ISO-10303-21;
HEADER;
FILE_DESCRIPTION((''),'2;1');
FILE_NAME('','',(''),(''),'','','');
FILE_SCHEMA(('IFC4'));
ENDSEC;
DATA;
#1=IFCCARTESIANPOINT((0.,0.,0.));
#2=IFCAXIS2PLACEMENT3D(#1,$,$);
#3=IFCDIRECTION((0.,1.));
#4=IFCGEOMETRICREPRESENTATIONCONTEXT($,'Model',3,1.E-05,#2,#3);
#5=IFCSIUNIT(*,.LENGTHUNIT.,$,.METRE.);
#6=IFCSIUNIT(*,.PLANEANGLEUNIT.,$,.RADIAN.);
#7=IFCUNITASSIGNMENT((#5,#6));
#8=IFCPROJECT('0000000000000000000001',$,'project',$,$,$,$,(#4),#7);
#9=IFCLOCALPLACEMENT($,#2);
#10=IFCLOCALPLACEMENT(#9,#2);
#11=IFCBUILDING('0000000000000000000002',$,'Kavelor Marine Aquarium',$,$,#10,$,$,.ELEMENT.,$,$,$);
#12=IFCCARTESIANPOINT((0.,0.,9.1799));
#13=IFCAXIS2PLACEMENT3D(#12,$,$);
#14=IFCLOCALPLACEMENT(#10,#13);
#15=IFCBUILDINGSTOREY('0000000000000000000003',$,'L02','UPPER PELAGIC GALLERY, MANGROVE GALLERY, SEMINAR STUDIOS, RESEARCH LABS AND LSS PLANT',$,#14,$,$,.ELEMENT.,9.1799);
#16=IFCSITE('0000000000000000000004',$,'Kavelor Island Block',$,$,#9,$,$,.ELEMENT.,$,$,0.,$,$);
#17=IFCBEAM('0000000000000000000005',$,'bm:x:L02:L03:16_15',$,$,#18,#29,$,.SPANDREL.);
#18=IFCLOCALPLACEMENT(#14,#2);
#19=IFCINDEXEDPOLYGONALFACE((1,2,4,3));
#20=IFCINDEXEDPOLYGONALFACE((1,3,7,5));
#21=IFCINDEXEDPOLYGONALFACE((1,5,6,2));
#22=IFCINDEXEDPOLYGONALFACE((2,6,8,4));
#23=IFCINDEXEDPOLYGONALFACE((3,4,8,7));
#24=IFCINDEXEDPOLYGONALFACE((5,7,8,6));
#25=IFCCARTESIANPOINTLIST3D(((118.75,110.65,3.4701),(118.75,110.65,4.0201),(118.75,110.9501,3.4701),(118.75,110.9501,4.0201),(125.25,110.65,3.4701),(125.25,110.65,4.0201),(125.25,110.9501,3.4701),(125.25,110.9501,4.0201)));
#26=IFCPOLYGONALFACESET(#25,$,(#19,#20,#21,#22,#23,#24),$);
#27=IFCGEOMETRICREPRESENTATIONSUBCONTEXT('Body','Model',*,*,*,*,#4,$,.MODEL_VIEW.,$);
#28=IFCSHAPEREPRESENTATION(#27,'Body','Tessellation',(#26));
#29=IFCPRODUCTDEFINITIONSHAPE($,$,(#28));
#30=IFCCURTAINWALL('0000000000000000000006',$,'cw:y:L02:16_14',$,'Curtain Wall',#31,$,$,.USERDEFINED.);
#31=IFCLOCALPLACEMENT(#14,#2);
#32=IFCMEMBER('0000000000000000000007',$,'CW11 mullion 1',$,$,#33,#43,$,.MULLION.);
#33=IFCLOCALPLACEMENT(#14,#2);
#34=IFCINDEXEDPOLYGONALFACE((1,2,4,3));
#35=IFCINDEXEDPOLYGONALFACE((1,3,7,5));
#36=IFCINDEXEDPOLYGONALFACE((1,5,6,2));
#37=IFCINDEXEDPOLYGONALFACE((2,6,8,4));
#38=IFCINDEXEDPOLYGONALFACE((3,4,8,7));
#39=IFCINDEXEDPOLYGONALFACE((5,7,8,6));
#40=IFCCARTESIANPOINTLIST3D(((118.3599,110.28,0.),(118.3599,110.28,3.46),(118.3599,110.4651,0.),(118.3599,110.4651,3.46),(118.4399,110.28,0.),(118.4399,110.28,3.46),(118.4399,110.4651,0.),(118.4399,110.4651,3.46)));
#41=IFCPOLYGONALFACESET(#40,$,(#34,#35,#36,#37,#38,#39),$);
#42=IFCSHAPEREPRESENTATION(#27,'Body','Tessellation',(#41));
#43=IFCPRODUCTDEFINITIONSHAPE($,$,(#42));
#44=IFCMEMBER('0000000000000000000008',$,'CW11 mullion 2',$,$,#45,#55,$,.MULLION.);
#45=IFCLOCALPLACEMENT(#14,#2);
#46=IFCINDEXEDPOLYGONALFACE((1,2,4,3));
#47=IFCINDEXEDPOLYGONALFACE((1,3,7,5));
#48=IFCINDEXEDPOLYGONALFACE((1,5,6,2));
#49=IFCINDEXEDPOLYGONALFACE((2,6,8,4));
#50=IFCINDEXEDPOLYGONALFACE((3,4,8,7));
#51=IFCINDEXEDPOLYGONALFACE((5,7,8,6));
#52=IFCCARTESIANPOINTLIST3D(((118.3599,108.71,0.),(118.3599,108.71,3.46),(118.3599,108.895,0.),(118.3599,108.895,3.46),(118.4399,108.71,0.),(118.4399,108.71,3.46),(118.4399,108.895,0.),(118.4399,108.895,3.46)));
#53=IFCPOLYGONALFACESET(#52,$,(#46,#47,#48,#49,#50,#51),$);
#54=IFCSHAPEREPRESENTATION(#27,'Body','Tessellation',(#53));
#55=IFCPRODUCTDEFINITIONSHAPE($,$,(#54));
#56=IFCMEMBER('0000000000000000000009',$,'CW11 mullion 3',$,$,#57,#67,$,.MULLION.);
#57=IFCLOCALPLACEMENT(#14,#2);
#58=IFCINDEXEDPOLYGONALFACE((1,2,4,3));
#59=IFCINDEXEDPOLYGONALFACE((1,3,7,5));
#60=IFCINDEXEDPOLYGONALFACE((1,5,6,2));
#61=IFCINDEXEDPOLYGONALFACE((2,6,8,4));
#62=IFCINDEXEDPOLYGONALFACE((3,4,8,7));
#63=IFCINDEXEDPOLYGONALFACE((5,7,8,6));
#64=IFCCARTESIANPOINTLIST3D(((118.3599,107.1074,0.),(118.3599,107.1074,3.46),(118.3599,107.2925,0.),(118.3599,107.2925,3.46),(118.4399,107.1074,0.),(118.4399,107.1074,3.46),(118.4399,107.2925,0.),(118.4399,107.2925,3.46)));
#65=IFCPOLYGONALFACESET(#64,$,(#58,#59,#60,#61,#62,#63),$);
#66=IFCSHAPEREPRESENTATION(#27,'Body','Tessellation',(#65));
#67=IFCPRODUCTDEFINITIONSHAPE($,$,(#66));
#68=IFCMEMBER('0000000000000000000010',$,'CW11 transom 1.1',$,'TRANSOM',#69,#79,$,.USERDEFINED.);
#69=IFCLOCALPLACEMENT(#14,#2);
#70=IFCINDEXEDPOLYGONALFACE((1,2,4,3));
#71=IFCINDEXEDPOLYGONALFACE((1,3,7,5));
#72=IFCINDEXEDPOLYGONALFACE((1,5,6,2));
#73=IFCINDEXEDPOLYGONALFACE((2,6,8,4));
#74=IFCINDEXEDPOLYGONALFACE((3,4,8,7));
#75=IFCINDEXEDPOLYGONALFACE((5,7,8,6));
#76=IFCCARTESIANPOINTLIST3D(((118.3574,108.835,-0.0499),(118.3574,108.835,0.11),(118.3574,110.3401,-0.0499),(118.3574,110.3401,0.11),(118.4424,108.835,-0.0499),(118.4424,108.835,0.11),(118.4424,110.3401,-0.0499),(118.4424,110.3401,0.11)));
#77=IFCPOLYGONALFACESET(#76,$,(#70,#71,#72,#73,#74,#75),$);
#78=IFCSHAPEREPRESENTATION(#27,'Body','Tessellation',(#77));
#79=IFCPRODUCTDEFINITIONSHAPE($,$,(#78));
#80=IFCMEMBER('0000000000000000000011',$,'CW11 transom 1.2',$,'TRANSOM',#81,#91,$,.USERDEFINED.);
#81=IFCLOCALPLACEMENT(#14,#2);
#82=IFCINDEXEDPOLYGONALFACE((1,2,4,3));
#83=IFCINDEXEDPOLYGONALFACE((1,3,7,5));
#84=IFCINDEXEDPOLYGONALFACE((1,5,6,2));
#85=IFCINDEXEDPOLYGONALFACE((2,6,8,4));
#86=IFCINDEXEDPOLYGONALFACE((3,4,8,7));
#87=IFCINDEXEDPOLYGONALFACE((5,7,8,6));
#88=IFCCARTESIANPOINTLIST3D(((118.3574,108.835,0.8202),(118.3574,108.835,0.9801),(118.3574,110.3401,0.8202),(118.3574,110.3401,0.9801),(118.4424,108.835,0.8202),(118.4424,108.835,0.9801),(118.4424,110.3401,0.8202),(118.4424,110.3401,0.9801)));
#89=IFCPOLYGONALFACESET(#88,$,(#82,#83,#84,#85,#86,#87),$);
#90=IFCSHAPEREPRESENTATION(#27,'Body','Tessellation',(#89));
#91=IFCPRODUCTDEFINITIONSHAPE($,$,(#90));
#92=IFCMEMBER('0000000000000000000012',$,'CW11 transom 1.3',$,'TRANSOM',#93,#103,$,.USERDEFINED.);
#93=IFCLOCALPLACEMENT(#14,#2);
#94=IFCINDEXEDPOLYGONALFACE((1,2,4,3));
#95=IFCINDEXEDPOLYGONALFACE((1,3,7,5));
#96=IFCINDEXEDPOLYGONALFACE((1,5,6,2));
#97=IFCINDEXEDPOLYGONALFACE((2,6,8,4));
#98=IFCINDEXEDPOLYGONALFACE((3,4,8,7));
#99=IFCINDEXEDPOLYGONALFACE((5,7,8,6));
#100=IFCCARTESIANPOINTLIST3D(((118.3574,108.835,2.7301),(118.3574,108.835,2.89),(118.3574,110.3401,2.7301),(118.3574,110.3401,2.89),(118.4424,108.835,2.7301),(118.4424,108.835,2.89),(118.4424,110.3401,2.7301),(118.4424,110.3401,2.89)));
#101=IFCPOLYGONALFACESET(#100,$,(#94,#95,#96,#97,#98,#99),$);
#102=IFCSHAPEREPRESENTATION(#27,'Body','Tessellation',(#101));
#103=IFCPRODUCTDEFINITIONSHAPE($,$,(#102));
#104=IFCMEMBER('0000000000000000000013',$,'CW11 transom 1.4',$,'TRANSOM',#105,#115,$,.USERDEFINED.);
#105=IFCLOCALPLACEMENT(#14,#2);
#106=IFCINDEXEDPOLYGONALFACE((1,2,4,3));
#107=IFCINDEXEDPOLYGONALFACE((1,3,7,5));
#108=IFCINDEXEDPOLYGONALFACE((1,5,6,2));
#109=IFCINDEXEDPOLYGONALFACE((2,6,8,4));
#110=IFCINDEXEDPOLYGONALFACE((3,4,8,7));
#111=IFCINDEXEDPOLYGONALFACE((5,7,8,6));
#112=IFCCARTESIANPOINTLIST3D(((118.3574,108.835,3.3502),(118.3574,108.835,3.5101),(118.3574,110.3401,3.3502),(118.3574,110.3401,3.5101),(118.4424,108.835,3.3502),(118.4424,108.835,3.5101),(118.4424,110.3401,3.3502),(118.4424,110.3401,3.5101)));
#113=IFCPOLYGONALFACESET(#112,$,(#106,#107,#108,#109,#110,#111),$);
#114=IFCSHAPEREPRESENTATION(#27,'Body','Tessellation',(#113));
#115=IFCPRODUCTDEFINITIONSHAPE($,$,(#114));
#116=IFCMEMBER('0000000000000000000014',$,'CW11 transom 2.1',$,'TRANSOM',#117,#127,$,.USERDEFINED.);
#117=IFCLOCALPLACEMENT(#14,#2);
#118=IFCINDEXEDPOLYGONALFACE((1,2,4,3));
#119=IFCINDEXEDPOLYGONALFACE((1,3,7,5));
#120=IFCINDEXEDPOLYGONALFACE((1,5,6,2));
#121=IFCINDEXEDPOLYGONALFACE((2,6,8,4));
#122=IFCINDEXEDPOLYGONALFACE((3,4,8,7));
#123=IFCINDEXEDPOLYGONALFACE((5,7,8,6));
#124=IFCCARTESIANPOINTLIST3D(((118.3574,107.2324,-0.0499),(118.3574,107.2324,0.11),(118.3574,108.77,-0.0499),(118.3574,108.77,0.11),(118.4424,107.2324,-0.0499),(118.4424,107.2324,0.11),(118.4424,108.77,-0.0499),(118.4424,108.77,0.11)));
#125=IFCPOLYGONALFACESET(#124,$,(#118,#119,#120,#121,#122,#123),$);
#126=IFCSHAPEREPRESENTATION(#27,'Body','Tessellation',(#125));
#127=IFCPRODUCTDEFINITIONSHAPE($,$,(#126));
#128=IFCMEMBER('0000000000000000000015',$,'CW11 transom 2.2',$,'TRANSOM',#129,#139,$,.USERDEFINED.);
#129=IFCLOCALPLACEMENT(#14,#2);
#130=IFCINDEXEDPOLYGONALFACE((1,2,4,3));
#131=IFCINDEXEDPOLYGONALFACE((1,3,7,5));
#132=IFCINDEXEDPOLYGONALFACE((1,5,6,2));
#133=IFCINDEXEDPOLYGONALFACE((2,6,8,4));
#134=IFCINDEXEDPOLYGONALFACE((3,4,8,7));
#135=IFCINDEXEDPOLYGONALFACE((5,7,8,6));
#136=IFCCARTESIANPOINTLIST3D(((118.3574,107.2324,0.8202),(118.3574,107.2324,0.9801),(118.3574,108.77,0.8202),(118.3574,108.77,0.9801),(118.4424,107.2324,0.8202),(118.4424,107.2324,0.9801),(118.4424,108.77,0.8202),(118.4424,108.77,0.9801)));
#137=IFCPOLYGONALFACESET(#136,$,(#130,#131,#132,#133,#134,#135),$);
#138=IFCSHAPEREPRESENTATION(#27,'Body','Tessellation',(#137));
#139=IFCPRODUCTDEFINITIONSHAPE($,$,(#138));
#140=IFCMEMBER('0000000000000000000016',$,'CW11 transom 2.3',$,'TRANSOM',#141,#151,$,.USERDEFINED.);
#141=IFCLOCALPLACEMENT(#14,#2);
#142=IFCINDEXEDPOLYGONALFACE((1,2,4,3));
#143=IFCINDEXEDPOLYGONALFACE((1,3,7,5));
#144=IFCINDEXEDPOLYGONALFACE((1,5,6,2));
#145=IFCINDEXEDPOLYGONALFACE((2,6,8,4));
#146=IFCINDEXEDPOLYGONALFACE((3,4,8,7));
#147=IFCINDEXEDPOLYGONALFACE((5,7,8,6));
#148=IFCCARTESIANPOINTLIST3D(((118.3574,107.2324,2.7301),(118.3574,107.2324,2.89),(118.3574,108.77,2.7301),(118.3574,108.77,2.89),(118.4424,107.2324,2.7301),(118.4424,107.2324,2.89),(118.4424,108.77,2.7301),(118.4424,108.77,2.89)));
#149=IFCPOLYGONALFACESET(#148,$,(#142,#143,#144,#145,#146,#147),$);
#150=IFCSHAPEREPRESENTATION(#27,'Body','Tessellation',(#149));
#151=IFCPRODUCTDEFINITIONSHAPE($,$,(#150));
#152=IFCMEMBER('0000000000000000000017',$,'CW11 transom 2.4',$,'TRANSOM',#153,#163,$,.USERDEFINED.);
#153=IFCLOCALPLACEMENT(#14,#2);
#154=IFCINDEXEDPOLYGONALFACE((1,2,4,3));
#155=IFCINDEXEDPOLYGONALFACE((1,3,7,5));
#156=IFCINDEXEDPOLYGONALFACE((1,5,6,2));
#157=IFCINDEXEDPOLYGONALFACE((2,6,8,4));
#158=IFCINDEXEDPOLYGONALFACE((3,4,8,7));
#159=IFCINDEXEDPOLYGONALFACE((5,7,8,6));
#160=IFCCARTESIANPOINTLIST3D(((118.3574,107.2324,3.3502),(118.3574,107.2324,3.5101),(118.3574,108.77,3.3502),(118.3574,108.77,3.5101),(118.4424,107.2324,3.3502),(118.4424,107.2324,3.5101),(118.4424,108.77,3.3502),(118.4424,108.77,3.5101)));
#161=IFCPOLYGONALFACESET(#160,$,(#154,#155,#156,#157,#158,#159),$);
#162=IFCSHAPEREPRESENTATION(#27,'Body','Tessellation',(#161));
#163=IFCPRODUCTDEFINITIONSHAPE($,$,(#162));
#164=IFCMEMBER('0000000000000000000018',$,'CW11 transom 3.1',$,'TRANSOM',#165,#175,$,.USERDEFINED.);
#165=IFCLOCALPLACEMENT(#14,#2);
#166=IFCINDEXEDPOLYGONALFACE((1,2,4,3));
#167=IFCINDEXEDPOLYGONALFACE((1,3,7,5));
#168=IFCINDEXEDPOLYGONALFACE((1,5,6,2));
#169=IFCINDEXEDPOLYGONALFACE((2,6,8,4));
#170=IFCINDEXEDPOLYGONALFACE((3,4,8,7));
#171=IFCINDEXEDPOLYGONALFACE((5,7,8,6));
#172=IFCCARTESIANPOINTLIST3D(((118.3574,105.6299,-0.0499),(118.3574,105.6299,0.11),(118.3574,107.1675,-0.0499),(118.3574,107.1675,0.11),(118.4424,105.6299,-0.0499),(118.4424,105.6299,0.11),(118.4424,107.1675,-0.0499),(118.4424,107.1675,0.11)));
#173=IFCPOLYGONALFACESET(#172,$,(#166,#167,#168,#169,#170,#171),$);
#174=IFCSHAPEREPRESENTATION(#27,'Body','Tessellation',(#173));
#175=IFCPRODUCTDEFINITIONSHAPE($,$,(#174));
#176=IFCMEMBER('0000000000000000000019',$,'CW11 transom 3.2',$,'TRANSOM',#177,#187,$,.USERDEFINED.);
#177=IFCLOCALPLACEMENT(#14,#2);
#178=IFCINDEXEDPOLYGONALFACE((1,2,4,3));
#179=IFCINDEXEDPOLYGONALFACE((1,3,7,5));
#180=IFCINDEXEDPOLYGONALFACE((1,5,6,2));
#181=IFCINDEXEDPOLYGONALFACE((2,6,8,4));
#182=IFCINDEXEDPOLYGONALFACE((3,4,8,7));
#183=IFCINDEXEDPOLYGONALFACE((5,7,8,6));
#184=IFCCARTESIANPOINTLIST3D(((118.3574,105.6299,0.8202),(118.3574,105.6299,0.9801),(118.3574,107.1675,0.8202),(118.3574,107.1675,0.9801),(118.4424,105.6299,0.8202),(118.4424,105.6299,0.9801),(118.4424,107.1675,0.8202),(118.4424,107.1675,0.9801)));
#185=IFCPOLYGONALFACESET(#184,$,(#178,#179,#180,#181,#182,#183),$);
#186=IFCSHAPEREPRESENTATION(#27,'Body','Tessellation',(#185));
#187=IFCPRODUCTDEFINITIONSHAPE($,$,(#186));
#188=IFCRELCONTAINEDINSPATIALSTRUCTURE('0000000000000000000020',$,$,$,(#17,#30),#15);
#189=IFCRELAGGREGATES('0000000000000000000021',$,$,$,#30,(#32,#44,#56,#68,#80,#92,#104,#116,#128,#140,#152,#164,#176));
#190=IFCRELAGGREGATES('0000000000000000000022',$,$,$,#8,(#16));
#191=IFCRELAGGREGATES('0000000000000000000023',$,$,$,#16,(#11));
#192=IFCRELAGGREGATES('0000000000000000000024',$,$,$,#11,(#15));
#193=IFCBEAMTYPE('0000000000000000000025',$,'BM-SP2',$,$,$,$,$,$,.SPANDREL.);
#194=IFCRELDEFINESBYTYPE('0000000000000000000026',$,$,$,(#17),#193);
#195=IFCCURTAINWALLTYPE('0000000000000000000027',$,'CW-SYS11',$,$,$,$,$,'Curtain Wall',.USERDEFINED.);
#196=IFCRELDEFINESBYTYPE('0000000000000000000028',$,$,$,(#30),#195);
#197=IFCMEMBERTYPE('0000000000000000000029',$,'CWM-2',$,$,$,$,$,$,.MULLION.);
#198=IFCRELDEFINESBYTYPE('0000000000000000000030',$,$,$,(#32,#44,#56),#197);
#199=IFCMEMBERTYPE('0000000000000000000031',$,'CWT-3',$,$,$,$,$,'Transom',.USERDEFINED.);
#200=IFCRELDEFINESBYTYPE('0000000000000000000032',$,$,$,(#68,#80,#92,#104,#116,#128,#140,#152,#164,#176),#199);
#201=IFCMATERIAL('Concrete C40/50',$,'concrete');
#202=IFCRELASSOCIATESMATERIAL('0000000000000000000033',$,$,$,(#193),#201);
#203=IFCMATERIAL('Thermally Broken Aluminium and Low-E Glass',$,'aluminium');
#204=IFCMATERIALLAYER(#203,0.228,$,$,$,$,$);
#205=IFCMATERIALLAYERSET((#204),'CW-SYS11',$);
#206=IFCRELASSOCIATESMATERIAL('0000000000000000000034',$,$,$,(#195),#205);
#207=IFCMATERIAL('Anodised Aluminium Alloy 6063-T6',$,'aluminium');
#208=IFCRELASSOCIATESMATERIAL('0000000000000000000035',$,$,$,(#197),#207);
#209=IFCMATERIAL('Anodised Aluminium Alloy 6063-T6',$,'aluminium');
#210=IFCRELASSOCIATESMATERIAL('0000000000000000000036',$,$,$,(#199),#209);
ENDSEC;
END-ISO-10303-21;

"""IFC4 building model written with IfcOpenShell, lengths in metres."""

from ifc_helpers import new_model, si_unit, direction, frame, origin, origin_2d, place, context, subcontext, project, spatial, rectangle, extrude, material, layer, layer_set, material_profile, profile_set, type_object, element, aggregate, save


model = new_model("IFC4")

# Units and contexts
model_context = context("Model", 3, precision=1e-05, world=origin(), true_north=direction((0.0, 1.0)))
body_context = subcontext(model_context, "Body", "Model", "MODEL_VIEW")
ifc_project = project(units=[si_unit("LENGTHUNIT", "METRE"), si_unit("PLANEANGLEUNIT", "RADIAN")], contexts=[model_context])

# Site, building, storey
site_placement = place(None, origin())
site = spatial("IfcSite", under=ifc_project, at=site_placement, Name="Kavelor Island Block", CompositionType="ELEMENT", RefElevation=0.0)
building_placement = place(site_placement, origin())
building = spatial("IfcBuilding", under=site, at=building_placement, Name="Kavelor Marine Aquarium", CompositionType="ELEMENT")
storey_placement = place(building_placement, frame((0.0, 0.0, 9.1799)))
storey = spatial("IfcBuildingStorey", under=building, at=storey_placement, Name="L02", Description="UPPER PELAGIC GALLERY, MANGROVE GALLERY, SEMINAR STUDIOS, RESEARCH LABS AND LSS PLANT", CompositionType="ELEMENT", Elevation=9.1799)

# Beam
ifc_material_1 = material(Name="Concrete C40/50", Category="concrete")
ifc_material_profile_1 = material_profile(ifc_material_1, rectangle(XDim=0.3, YDim=0.55, at=origin_2d()), Name="RC-SP 300x550")
ifc_profile_set_1 = profile_set([ifc_material_profile_1], Name="Concrete C40/50")
beam_type = type_object("IfcBeamType", Name="BM-SP2", PredefinedType="SPANDREL", material=ifc_profile_set_1)
beam_placement = place(storey_placement, frame((118.75, 110.8, 3.7451), z_axis=(1.0, 0.0, 0.0), x_axis=(0.0, 1.0, 0.0)))
element("IfcBeam", 1, at=beam_placement, inside=storey, type_object=beam_type, Name="bm:x:L02:L03:16_15", PredefinedType="SPANDREL", context=body_context, shape_type="SweptSolid", body=[
    extrude(rectangle(XDim=0.3, YDim=0.55, at=origin_2d()), origin(), (0.0, 0.0, 1.0), 6.5),
])

# Curtain wall, members
ifc_material_2 = material(Name="Thermally Broken Aluminium and Low-E Glass", Category="aluminium")
ifc_layer_1 = layer(ifc_material_2, 0.228)
ifc_layer_set_1 = layer_set([ifc_layer_1], Name="CW-SYS11")
curtain_wall_type = type_object("IfcCurtainWallType", Name="CW-SYS11", ElementType="Curtain Wall", PredefinedType="USERDEFINED", material=ifc_layer_set_1)
curtain_wall_placement = place(storey_placement, origin())
curtain_wall = element("IfcCurtainWall", 2, at=curtain_wall_placement, inside=storey, type_object=curtain_wall_type, Name="cw:y:L02:16_14", ObjectType="Curtain Wall", PredefinedType="USERDEFINED")
ifc_material_3 = material(Name="Anodised Aluminium Alloy 6063-T6", Category="aluminium")
ifc_material_profile_2 = material_profile(ifc_material_3, rectangle(XDim=0.0801, YDim=0.1851, at=origin_2d()), Name="CW-MUL 80x185")
ifc_profile_set_2 = profile_set([ifc_material_profile_2], Name="Anodised Aluminium Alloy 6063-T6")
member_type_1 = type_object("IfcMemberType", Name="CWM-2", PredefinedType="MULLION", material=ifc_profile_set_2)
member_1_placement = place(storey_placement, frame((118.3999, 110.3726, 0.0), z_axis=(0.0, 0.0, 1.0), x_axis=(1.0, 0.0, 0.0)))
member_1 = element("IfcMember", 3, at=member_1_placement, type_object=member_type_1, Name="CW11 mullion 1", PredefinedType="MULLION", context=body_context, shape_type="SweptSolid", body=[
    extrude(rectangle(XDim=0.0801, YDim=0.1851, at=origin_2d()), origin(), (0.0, 0.0, 1.0), 3.46),
])
member_2_placement = place(storey_placement, frame((118.3999, 108.8025, 0.0), z_axis=(0.0, 0.0, 1.0), x_axis=(1.0, 0.0, 0.0)))
member_2 = element("IfcMember", 4, at=member_2_placement, type_object=member_type_1, Name="CW11 mullion 2", PredefinedType="MULLION", context=body_context, shape_type="SweptSolid", body=[
    extrude(rectangle(XDim=0.0801, YDim=0.1851, at=origin_2d()), origin(), (0.0, 0.0, 1.0), 3.46),
])
member_3_placement = place(storey_placement, frame((118.3999, 107.2, 0.0), z_axis=(0.0, 0.0, 1.0), x_axis=(1.0, 0.0, 0.0)))
member_3 = element("IfcMember", 5, at=member_3_placement, type_object=member_type_1, Name="CW11 mullion 3", PredefinedType="MULLION", context=body_context, shape_type="SweptSolid", body=[
    extrude(rectangle(XDim=0.0801, YDim=0.1851, at=origin_2d()), origin(), (0.0, 0.0, 1.0), 3.46),
])
ifc_material_4 = material(Name="Anodised Aluminium Alloy 6063-T6", Category="aluminium")
ifc_material_profile_3 = material_profile(ifc_material_4, rectangle(XDim=0.085, YDim=0.1599, at=origin_2d()), Name="CW-TRN 85x160")
ifc_profile_set_3 = profile_set([ifc_material_profile_3], Name="Anodised Aluminium Alloy 6063-T6")
member_type_2 = type_object("IfcMemberType", Name="CWT-3", ElementType="Transom", PredefinedType="USERDEFINED", material=ifc_profile_set_3)
member_4_placement = place(storey_placement, frame((118.3999, 110.3401, 0.03), z_axis=(0.0, -1.0, 0.0), x_axis=(1.0, 0.0, 0.0)))
member_4 = element("IfcMember", 6, at=member_4_placement, type_object=member_type_2, Name="CW11 transom 1.1", ObjectType="TRANSOM", PredefinedType="USERDEFINED", context=body_context, shape_type="SweptSolid", body=[
    extrude(rectangle(XDim=0.085, YDim=0.1599, at=origin_2d()), origin(), (0.0, 0.0, 1.0), 1.5051),
])
member_5_placement = place(storey_placement, frame((118.3999, 110.3401, 0.9001), z_axis=(0.0, -1.0, 0.0), x_axis=(1.0, 0.0, 0.0)))
member_5 = element("IfcMember", 7, at=member_5_placement, type_object=member_type_2, Name="CW11 transom 1.2", ObjectType="TRANSOM", PredefinedType="USERDEFINED", context=body_context, shape_type="SweptSolid", body=[
    extrude(rectangle(XDim=0.085, YDim=0.1599, at=origin_2d()), origin(), (0.0, 0.0, 1.0), 1.5051),
])
member_6_placement = place(storey_placement, frame((118.3999, 110.3401, 2.8101), z_axis=(0.0, -1.0, 0.0), x_axis=(1.0, 0.0, 0.0)))
member_6 = element("IfcMember", 8, at=member_6_placement, type_object=member_type_2, Name="CW11 transom 1.3", ObjectType="TRANSOM", PredefinedType="USERDEFINED", context=body_context, shape_type="SweptSolid", body=[
    extrude(rectangle(XDim=0.085, YDim=0.1599, at=origin_2d()), origin(), (0.0, 0.0, 1.0), 1.5051),
])
member_7_placement = place(storey_placement, frame((118.3999, 110.3401, 3.4302), z_axis=(0.0, -1.0, 0.0), x_axis=(1.0, 0.0, 0.0)))
member_7 = element("IfcMember", 9, at=member_7_placement, type_object=member_type_2, Name="CW11 transom 1.4", ObjectType="TRANSOM", PredefinedType="USERDEFINED", context=body_context, shape_type="SweptSolid", body=[
    extrude(rectangle(XDim=0.085, YDim=0.1599, at=origin_2d()), origin(), (0.0, 0.0, 1.0), 1.5051),
])
member_8_placement = place(storey_placement, frame((118.3999, 108.77, 0.03), z_axis=(0.0, -1.0, 0.0), x_axis=(1.0, 0.0, 0.0)))
member_8 = element("IfcMember", 10, at=member_8_placement, type_object=member_type_2, Name="CW11 transom 2.1", ObjectType="TRANSOM", PredefinedType="USERDEFINED", context=body_context, shape_type="SweptSolid", body=[
    extrude(rectangle(XDim=0.085, YDim=0.1599, at=origin_2d()), origin(), (0.0, 0.0, 1.0), 1.5376),
])
member_9_placement = place(storey_placement, frame((118.3999, 108.77, 0.9001), z_axis=(0.0, -1.0, 0.0), x_axis=(1.0, 0.0, 0.0)))
member_9 = element("IfcMember", 11, at=member_9_placement, type_object=member_type_2, Name="CW11 transom 2.2", ObjectType="TRANSOM", PredefinedType="USERDEFINED", context=body_context, shape_type="SweptSolid", body=[
    extrude(rectangle(XDim=0.085, YDim=0.1599, at=origin_2d()), origin(), (0.0, 0.0, 1.0), 1.5376),
])
member_10_placement = place(storey_placement, frame((118.3999, 108.77, 2.8101), z_axis=(0.0, -1.0, 0.0), x_axis=(1.0, 0.0, 0.0)))
member_10 = element("IfcMember", 12, at=member_10_placement, type_object=member_type_2, Name="CW11 transom 2.3", ObjectType="TRANSOM", PredefinedType="USERDEFINED", context=body_context, shape_type="SweptSolid", body=[
    extrude(rectangle(XDim=0.085, YDim=0.1599, at=origin_2d()), origin(), (0.0, 0.0, 1.0), 1.5376),
])
member_11_placement = place(storey_placement, frame((118.3999, 108.77, 3.4302), z_axis=(0.0, -1.0, 0.0), x_axis=(1.0, 0.0, 0.0)))
member_11 = element("IfcMember", 13, at=member_11_placement, type_object=member_type_2, Name="CW11 transom 2.4", ObjectType="TRANSOM", PredefinedType="USERDEFINED", context=body_context, shape_type="SweptSolid", body=[
    extrude(rectangle(XDim=0.085, YDim=0.1599, at=origin_2d()), origin(), (0.0, 0.0, 1.0), 1.5376),
])
member_12_placement = place(storey_placement, frame((118.3999, 107.1675, 0.03), z_axis=(0.0, -1.0, 0.0), x_axis=(1.0, 0.0, 0.0)))
member_12 = element("IfcMember", 14, at=member_12_placement, type_object=member_type_2, Name="CW11 transom 3.1", ObjectType="TRANSOM", PredefinedType="USERDEFINED", context=body_context, shape_type="SweptSolid", body=[
    extrude(rectangle(XDim=0.085, YDim=0.1599, at=origin_2d()), origin(), (0.0, 0.0, 1.0), 1.5376),
])
member_13_placement = place(storey_placement, frame((118.3999, 107.1675, 0.9001), z_axis=(0.0, -1.0, 0.0), x_axis=(1.0, 0.0, 0.0)))
member_13 = element("IfcMember", 15, at=member_13_placement, type_object=member_type_2, Name="CW11 transom 3.2", ObjectType="TRANSOM", PredefinedType="USERDEFINED", context=body_context, shape_type="SweptSolid", body=[
    extrude(rectangle(XDim=0.085, YDim=0.1599, at=origin_2d()), origin(), (0.0, 0.0, 1.0), 1.5376),
])

aggregate(curtain_wall, [member_1, member_2, member_3, member_4, member_5, member_6, member_7, member_8, member_9, member_10, member_11, member_12, member_13])

save(model, "model.ifc")
